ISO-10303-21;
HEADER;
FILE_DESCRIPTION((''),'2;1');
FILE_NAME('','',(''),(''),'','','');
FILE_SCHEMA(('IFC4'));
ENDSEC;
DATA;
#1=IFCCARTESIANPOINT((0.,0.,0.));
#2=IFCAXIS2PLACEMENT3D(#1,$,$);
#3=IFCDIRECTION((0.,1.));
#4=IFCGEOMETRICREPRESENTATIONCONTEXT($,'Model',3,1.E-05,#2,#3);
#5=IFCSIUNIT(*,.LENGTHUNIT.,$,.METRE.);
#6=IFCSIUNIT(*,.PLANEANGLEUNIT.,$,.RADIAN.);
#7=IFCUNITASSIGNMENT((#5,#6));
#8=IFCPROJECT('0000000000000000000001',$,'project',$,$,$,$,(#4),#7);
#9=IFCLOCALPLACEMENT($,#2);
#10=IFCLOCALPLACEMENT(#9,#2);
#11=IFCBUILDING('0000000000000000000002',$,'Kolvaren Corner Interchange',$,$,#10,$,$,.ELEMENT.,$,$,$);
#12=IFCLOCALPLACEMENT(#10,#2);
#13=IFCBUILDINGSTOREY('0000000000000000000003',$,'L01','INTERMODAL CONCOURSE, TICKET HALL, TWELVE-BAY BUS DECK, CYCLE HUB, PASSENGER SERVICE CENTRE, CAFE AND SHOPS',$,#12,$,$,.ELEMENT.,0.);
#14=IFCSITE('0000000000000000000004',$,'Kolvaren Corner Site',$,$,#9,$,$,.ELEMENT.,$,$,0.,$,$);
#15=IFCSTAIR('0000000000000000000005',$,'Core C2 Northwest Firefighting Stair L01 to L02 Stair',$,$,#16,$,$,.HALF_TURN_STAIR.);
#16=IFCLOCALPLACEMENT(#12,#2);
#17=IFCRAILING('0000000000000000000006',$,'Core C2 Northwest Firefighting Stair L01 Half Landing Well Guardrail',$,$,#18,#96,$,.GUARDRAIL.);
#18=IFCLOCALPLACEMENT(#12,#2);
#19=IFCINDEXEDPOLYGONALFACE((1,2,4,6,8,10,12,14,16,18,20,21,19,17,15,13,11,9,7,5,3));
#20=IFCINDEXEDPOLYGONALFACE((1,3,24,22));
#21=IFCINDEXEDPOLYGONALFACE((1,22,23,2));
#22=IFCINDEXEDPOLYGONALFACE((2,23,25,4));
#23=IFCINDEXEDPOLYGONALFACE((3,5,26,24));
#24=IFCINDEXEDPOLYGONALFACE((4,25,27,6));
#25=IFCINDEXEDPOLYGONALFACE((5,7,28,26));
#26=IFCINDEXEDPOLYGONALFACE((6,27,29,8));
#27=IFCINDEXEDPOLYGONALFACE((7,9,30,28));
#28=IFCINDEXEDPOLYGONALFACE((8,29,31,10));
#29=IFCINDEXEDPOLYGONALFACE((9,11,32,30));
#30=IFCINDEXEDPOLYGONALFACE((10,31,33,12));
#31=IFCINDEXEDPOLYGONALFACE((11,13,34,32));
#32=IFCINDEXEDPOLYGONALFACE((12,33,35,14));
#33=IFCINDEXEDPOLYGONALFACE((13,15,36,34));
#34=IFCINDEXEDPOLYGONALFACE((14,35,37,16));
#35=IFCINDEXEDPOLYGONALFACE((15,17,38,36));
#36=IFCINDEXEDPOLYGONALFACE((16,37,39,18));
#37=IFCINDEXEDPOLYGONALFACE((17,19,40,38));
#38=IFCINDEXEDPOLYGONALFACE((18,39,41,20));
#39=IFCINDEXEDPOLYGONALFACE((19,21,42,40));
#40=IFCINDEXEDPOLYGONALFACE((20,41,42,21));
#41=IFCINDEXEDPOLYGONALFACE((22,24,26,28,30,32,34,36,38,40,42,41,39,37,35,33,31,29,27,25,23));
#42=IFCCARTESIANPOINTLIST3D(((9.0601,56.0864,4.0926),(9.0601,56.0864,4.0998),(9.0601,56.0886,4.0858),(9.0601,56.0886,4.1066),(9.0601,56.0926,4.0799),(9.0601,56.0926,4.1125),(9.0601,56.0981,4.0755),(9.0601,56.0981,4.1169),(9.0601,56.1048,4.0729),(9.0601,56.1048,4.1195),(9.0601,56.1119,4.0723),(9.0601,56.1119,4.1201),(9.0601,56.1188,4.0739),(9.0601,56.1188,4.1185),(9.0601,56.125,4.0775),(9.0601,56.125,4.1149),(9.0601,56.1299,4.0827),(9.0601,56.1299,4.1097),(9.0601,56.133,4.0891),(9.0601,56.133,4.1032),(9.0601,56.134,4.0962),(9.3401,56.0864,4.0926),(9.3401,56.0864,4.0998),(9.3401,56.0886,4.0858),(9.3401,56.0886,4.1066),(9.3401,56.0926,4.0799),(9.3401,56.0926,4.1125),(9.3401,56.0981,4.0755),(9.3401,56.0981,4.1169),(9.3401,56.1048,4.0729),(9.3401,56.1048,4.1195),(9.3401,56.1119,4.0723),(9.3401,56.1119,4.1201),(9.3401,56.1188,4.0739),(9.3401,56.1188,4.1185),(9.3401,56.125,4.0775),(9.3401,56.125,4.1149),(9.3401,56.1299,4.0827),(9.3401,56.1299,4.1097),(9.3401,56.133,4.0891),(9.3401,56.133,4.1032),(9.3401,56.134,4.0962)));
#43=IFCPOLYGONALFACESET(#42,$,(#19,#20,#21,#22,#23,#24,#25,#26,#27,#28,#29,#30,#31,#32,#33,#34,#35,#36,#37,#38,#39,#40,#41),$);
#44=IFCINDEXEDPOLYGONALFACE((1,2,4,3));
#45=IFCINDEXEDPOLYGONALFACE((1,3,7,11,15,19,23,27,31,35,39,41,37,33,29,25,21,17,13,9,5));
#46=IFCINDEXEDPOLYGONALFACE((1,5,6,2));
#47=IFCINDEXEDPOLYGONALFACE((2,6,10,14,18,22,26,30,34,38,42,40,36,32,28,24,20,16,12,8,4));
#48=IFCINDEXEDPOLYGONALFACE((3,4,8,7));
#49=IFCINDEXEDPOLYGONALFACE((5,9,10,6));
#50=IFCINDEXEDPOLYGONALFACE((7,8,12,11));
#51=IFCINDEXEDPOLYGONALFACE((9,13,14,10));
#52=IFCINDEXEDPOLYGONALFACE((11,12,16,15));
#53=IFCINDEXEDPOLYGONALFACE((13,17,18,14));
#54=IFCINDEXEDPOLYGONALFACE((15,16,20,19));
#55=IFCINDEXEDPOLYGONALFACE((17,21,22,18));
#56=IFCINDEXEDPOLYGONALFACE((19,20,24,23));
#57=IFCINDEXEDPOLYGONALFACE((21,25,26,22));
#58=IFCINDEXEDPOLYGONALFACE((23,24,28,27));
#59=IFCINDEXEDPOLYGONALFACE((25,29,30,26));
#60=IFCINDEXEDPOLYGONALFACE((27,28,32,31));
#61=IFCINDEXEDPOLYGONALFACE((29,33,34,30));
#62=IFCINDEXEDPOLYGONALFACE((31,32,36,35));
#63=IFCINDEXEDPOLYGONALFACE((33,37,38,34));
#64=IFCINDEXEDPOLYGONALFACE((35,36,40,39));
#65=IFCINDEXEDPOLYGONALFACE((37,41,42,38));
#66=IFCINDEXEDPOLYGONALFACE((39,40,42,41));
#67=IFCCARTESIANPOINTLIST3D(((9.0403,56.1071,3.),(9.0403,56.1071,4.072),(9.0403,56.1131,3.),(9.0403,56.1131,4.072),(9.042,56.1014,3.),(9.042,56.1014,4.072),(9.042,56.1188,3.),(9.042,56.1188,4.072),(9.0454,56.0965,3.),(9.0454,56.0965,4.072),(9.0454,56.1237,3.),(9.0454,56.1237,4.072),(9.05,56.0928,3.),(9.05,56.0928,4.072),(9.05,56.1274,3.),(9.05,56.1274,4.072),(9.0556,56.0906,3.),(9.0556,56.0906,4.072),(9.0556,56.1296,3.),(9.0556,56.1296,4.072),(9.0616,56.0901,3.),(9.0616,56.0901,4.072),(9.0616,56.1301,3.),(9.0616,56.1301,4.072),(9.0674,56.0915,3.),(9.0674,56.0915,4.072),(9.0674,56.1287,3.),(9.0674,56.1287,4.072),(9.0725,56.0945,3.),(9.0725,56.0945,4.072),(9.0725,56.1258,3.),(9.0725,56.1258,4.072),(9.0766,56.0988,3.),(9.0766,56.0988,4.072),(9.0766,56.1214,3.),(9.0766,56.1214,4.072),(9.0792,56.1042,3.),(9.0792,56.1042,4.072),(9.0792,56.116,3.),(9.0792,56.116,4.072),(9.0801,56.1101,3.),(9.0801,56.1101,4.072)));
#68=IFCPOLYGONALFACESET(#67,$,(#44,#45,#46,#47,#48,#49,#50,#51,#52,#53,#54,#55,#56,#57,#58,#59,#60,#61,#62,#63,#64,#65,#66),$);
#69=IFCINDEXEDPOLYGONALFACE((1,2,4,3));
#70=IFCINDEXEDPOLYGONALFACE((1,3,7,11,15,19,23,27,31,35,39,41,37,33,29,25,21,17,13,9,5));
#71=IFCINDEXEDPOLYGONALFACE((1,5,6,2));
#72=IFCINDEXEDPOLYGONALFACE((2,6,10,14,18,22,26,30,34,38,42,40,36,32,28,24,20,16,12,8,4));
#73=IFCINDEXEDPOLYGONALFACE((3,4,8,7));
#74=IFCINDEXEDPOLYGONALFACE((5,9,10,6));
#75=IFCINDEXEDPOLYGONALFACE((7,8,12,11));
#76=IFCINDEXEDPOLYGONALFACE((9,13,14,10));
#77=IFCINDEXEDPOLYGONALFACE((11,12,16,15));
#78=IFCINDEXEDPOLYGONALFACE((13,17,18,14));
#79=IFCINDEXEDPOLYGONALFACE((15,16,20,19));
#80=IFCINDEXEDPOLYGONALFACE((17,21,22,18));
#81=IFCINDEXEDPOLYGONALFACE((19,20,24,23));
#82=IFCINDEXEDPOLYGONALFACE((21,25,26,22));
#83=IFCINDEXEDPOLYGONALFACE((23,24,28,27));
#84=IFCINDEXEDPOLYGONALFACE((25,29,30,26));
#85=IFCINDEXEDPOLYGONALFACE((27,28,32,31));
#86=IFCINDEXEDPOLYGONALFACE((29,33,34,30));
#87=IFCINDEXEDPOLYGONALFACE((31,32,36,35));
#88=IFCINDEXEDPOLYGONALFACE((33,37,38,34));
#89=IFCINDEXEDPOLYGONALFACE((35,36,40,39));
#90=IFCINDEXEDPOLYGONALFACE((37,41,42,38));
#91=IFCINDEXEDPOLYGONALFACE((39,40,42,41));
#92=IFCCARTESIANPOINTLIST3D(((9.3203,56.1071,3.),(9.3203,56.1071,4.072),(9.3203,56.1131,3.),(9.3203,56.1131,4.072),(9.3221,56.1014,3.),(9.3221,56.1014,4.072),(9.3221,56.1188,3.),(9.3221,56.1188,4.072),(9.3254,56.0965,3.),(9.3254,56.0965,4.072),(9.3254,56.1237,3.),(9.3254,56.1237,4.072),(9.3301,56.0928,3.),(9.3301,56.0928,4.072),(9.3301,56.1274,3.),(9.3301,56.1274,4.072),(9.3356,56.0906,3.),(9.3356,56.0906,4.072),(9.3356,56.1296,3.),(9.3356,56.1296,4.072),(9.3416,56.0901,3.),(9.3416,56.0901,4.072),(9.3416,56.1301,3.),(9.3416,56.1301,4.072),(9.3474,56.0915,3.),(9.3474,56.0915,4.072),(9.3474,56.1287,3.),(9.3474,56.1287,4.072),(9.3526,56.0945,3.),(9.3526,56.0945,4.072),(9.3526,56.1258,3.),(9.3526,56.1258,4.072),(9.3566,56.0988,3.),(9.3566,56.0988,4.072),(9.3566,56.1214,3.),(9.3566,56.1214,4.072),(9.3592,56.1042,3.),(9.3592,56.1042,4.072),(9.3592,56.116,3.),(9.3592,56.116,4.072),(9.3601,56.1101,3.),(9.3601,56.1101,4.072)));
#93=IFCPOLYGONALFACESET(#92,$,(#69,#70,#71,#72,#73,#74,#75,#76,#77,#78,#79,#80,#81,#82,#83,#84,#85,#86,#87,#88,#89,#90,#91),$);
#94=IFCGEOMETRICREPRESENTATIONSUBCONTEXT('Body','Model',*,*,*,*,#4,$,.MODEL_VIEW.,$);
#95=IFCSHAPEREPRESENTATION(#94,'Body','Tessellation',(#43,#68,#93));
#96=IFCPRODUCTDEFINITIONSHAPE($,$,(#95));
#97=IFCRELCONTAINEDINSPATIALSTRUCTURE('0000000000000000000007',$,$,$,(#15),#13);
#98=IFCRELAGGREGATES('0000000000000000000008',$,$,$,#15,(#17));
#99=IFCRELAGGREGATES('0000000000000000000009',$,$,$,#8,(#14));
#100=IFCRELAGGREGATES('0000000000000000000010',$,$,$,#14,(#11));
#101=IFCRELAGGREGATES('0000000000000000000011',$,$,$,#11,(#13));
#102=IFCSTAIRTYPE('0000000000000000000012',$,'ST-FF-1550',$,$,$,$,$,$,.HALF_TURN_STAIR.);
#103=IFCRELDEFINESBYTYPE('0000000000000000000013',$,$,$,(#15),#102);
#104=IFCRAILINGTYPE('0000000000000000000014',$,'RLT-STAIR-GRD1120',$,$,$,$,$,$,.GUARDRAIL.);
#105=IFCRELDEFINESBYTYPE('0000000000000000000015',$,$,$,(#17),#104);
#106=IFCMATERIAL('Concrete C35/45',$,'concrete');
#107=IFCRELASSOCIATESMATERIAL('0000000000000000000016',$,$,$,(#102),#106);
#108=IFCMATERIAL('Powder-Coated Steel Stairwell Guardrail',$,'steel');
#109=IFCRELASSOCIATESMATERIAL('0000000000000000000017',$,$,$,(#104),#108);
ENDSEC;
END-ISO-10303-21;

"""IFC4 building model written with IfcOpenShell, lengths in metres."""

from ifc_helpers import new_model, si_unit, direction, frame, origin, origin_2d, place, context, subcontext, project, spatial, circle, extrude, material, type_object, element, aggregate, save


model = new_model("IFC4")

# Units and contexts
model_context = context("Model", 3, precision=1e-05, world=origin(), true_north=direction((0.0, 1.0)))
body_context = subcontext(model_context, "Body", "Model", "MODEL_VIEW")
ifc_project = project(units=[si_unit("LENGTHUNIT", "METRE"), si_unit("PLANEANGLEUNIT", "RADIAN")], contexts=[model_context])

# Site, building, storey
site_placement = place(None, origin())
site = spatial("IfcSite", under=ifc_project, at=site_placement, Name="Kolvaren Corner Site", CompositionType="ELEMENT", RefElevation=0.0)
building_placement = place(site_placement, origin())
building = spatial("IfcBuilding", under=site, at=building_placement, Name="Kolvaren Corner Interchange", CompositionType="ELEMENT")
storey_placement = place(building_placement, origin())
storey = spatial("IfcBuildingStorey", under=building, at=storey_placement, Name="L01", Description="INTERMODAL CONCOURSE, TICKET HALL, TWELVE-BAY BUS DECK, CYCLE HUB, PASSENGER SERVICE CENTRE, CAFE AND SHOPS", CompositionType="ELEMENT", Elevation=0.0)

# Stair
ifc_material_1 = material(Name="Concrete C35/45", Category="concrete")
stair_type = type_object("IfcStairType", Name="ST-FF-1550", PredefinedType="HALF_TURN_STAIR", material=ifc_material_1)
stair_placement = place(storey_placement, origin())
stair = element("IfcStair", 1, at=stair_placement, inside=storey, type_object=stair_type, Name="Core C2 Northwest Firefighting Stair L01 to L02 Stair", PredefinedType="HALF_TURN_STAIR")

# Railing
ifc_material_2 = material(Name="Powder-Coated Steel Stairwell Guardrail", Category="steel")
railing_type_1 = type_object("IfcRailingType", Name="RLT-STAIR-GRD1120", PredefinedType="GUARDRAIL", material=ifc_material_2)
railing_1_placement = place(storey_placement, frame((9.0601, 56.1101, 3.0)))
railing_1 = element("IfcRailing", 2, at=railing_1_placement, type_object=railing_type_1, Name="Core C2 Northwest Firefighting Stair L01 Half Landing Well Guardrail", PredefinedType="GUARDRAIL", context=body_context, shape_type="SweptSolid", body=[
    extrude(circle(Radius=0.0239, at=origin_2d()), frame((0.0, 0.0, 1.0962), z_axis=(1.0, 0.0, 0.0), x_axis=(0.0, 1.0, 0.0)), (0.0, 0.0, 1.0), 0.28),
    extrude(circle(Radius=0.02, at=origin_2d()), origin(), (0.0, 0.0, 1.0), 1.072),
    extrude(circle(Radius=0.02, at=origin_2d()), frame((0.28, 0.0, 0.0)), (0.0, 0.0, 1.0), 1.072),
])
aggregate(stair, [railing_1])

save(model, "model.ifc")
